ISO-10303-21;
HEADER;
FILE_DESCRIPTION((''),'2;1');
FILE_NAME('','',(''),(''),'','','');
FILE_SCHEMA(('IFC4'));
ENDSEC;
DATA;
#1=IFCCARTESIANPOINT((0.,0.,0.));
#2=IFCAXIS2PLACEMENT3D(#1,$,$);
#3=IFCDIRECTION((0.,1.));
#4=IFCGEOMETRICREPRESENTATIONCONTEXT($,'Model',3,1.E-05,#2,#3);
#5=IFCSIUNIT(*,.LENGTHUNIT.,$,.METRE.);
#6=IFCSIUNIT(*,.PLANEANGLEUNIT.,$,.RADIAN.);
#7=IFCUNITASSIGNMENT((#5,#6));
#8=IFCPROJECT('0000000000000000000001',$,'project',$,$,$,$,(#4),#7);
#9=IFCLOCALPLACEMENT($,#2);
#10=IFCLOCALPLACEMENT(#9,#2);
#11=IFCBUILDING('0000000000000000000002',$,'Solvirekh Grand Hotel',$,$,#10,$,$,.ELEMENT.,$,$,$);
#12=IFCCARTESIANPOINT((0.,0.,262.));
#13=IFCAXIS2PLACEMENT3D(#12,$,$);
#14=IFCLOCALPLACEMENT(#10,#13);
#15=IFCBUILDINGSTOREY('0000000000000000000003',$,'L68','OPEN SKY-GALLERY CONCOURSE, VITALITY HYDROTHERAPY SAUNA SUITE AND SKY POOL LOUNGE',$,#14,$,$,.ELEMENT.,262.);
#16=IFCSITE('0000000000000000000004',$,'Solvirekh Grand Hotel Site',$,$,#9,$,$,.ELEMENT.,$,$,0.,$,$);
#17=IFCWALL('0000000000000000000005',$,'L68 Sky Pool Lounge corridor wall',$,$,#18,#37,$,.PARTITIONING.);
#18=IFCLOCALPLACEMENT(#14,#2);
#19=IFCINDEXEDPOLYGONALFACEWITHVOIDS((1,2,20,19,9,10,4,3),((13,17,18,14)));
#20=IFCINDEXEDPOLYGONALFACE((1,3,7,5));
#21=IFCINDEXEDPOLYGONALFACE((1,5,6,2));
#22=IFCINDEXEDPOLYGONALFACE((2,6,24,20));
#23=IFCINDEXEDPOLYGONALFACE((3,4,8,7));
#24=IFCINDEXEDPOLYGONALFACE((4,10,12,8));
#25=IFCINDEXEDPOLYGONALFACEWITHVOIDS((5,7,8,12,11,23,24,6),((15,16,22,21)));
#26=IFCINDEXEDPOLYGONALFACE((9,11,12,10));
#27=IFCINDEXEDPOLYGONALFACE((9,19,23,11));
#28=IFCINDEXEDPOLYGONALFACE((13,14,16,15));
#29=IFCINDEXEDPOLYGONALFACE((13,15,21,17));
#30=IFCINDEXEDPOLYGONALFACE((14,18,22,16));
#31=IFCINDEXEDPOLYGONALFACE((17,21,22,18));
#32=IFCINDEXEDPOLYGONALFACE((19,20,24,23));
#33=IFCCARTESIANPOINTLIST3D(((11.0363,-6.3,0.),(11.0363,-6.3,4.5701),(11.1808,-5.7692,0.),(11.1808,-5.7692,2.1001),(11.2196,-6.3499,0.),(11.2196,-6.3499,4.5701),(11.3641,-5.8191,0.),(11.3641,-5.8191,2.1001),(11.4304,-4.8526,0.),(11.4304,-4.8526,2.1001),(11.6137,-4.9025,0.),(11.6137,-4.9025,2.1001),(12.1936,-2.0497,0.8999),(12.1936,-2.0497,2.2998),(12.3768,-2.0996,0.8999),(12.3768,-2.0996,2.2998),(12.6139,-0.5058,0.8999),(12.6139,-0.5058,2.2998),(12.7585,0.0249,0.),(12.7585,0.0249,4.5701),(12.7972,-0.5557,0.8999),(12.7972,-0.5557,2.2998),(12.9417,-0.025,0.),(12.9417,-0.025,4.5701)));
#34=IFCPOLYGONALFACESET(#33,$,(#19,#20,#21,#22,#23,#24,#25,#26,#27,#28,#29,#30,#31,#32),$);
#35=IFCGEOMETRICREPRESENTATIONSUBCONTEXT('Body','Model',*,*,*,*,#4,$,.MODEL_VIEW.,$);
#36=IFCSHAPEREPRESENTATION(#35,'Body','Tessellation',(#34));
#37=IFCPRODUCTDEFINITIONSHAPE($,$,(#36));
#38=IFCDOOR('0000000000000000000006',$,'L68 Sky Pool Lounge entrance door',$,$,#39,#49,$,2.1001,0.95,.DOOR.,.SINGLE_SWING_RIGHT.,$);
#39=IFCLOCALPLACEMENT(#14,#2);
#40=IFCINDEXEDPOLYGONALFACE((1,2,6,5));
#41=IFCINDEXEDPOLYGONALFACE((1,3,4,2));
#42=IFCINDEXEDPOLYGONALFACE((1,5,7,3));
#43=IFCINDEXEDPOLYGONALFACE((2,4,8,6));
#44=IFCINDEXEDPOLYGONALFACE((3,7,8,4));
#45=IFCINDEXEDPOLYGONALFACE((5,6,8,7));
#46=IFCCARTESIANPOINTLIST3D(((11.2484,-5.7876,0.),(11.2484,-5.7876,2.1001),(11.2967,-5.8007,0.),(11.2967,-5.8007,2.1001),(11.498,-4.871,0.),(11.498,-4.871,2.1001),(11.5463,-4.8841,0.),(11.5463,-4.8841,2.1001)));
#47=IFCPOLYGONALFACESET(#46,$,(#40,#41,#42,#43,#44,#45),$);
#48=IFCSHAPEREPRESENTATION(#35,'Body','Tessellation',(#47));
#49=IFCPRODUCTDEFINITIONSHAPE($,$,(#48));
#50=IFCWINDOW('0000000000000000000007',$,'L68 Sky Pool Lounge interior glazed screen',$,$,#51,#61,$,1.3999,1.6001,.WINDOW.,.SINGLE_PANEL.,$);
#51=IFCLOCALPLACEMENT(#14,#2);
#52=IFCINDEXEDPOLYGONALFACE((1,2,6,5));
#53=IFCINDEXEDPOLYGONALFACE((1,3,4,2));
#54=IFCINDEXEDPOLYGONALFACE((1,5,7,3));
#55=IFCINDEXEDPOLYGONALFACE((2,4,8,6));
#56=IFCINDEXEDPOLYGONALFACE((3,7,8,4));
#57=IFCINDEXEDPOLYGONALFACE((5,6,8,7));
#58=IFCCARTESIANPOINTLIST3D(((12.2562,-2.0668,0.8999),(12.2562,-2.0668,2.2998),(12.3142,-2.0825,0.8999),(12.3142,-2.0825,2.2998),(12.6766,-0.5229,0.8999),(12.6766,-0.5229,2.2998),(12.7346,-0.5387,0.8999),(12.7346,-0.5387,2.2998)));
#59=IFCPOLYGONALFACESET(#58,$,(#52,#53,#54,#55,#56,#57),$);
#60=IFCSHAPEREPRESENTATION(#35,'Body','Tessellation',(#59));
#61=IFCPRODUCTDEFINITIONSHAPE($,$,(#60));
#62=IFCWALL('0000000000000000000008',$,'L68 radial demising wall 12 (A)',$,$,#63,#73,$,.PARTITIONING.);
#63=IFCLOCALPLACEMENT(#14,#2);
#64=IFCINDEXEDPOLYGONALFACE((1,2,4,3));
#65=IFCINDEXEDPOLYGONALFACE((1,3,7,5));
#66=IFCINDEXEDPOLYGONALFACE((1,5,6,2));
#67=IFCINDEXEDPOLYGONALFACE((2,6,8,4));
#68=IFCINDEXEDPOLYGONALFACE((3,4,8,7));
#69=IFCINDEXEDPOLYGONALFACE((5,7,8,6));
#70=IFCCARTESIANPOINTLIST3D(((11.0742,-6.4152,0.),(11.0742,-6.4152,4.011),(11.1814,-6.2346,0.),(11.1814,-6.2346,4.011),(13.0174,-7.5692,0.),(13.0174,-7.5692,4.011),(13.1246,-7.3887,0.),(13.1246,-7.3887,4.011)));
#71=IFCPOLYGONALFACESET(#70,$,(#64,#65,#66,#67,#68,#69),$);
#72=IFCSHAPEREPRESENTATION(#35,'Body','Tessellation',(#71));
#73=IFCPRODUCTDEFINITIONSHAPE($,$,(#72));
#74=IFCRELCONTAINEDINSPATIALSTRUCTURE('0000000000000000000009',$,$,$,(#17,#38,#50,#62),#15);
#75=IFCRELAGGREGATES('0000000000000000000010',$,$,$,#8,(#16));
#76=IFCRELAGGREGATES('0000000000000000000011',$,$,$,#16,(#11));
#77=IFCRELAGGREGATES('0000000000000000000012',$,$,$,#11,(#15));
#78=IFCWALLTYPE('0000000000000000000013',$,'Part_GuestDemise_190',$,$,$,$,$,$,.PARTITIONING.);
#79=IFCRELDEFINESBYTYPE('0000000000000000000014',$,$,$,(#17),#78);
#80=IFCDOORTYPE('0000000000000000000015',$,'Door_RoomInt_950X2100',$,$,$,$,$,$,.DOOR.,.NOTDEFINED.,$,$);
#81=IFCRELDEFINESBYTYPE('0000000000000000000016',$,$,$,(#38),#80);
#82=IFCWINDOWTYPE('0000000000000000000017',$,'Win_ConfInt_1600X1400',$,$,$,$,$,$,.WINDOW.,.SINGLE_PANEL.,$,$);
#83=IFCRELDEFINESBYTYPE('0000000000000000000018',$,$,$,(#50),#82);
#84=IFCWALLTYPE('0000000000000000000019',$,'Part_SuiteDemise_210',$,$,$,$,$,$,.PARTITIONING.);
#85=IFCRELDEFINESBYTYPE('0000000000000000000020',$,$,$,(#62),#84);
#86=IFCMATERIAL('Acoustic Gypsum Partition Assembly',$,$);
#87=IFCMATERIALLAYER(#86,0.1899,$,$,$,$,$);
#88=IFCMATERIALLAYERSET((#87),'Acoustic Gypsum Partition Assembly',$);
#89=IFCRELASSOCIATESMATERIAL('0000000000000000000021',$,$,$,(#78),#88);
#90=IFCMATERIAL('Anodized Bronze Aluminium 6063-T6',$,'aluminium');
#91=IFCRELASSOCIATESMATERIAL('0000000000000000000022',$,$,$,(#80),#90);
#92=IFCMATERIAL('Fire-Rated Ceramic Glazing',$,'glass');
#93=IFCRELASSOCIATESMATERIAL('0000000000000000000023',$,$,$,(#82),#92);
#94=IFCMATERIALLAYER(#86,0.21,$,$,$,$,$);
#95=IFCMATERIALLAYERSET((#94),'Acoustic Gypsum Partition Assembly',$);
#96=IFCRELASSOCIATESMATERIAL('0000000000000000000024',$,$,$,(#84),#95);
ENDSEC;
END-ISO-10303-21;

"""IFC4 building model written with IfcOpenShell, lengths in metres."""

from ifc_helpers import new_model, si_unit, direction, frame, frame_2d, origin, place, context, subcontext, project, spatial, rectangle, extrude, material, layer, layer_set, type_object, element, fill, save


model = new_model("IFC4")

# Units and contexts
model_context = context("Model", 3, precision=1e-05, world=origin(), true_north=direction((0.0, 1.0)))
body_context = subcontext(model_context, "Body", "Model", "MODEL_VIEW")
ifc_project = project(units=[si_unit("LENGTHUNIT", "METRE"), si_unit("PLANEANGLEUNIT", "RADIAN")], contexts=[model_context])

# Site, building, storey
site_placement = place(None, origin())
site = spatial("IfcSite", under=ifc_project, at=site_placement, Name="Solvirekh Grand Hotel Site", CompositionType="ELEMENT", RefElevation=0.0)
building_placement = place(site_placement, origin())
building = spatial("IfcBuilding", under=site, at=building_placement, Name="Solvirekh Grand Hotel", CompositionType="ELEMENT")
storey_placement = place(building_placement, frame((0.0, 0.0, 262.0)))
storey = spatial("IfcBuildingStorey", under=building, at=storey_placement, Name="L68", Description="OPEN SKY-GALLERY CONCOURSE, VITALITY HYDROTHERAPY SAUNA SUITE AND SKY POOL LOUNGE", CompositionType="ELEMENT", Elevation=262.0)

# Shared definitions
ifc_material_1 = material(Name="Anodized Bronze Aluminium 6063-T6", Category="aluminium")

# Shared definitions
ifc_material_2 = material(Name="Acoustic Gypsum Partition Assembly")

# Wall, openings, door, window
ifc_layer_1 = layer(ifc_material_2, 0.1899)
ifc_layer_set_1 = layer_set([ifc_layer_1], Name="Acoustic Gypsum Partition Assembly")
wall_type_1 = type_object("IfcWallType", Name="Part_GuestDemise_190", PredefinedType="PARTITIONING", material=ifc_layer_set_1)
wall_1_placement = place(storey_placement, frame((11.1279, -6.325, 0.0), z_axis=(0.0, 0.0, 1.0), x_axis=(0.262717, 0.964873, 0.0)))
wall_1 = element("IfcWall", 1, at=wall_1_placement, inside=storey, type_object=wall_type_1, Name="L68 Sky Pool Lounge corridor wall", PredefinedType="PARTITIONING", context=body_context, shape_type="SweptSolid", body=[
    extrude(rectangle(XDim=6.5552, YDim=0.1899, at=frame_2d((3.2776, 0.0))), origin(), (0.0, 0.0, 1.0), 4.5701),
])
opening_1_placement = place(wall_1_placement, frame((0.55, 0.0, 0.0)))
opening_1 = element("IfcOpeningElement", 2, at=opening_1_placement, cuts=wall_1, PredefinedType="OPENING", context=body_context, shape_type="SweptSolid", body=[
    extrude(rectangle(XDim=0.95, YDim=2.1001, at=frame_2d((0.4751, 1.05))), frame((0.0, 0.105, 0.0), z_axis=(0.0, -1.0, 0.0), x_axis=(1.0, 0.0, 0.0)), (0.0, 0.0, 1.0), 0.21),
])
opening_2_placement = place(wall_1_placement, frame((4.405, 0.0, 0.8999)))
opening_2 = element("IfcOpeningElement", 3, at=opening_2_placement, cuts=wall_1, PredefinedType="OPENING", context=body_context, shape_type="SweptSolid", body=[
    extrude(rectangle(XDim=1.6001, YDim=1.3999, at=frame_2d((0.8, 0.7))), frame((0.0, 0.105, 0.0), z_axis=(0.0, -1.0, 0.0), x_axis=(1.0, 0.0, 0.0)), (0.0, 0.0, 1.0), 0.21),
])
door_type_1 = type_object("IfcDoorType", Name="Door_RoomInt_950X2100", OperationType="NOTDEFINED", PredefinedType="DOOR", material=ifc_material_1)
door_1_placement = place(opening_1_placement, origin())
door_1 = element("IfcDoor", 4, at=door_1_placement, inside=storey, type_object=door_type_1, Name="L68 Sky Pool Lounge entrance door", OperationType="SINGLE_SWING_RIGHT", OverallHeight=2.1001, OverallWidth=0.95, PredefinedType="DOOR", context=body_context, shape_type="SweptSolid", body=[
    extrude(rectangle(XDim=0.95, YDim=2.1001, at=frame_2d((0.4751, 1.05))), frame((0.0, 0.0249, 0.0), z_axis=(0.0, -1.0, 0.0), x_axis=(1.0, 0.0, 0.0)), (0.0, 0.0, 1.0), 0.05),
])
fill(opening_1, door_1)
ifc_material_3 = material(Name="Fire-Rated Ceramic Glazing", Category="glass")
window_type = type_object("IfcWindowType", Name="Win_ConfInt_1600X1400", PartitioningType="SINGLE_PANEL", PredefinedType="WINDOW", material=ifc_material_3)
window_placement = place(opening_2_placement, origin())
window = element("IfcWindow", 5, at=window_placement, inside=storey, type_object=window_type, Name="L68 Sky Pool Lounge interior glazed screen", OverallHeight=1.3999, OverallWidth=1.6001, PartitioningType="SINGLE_PANEL", PredefinedType="WINDOW", context=body_context, shape_type="SweptSolid", body=[
    extrude(rectangle(XDim=1.6001, YDim=1.3999, at=frame_2d((0.8, 0.7))), frame((0.0, 0.03, 0.0), z_axis=(0.0, -1.0, 0.0), x_axis=(1.0, 0.0, 0.0)), (0.0, 0.0, 1.0), 0.0601),
])
fill(opening_2, window)

# Wall
ifc_layer_2 = layer(ifc_material_2, 0.21)
ifc_layer_set_2 = layer_set([ifc_layer_2], Name="Acoustic Gypsum Partition Assembly")
wall_type_2 = type_object("IfcWallType", Name="Part_SuiteDemise_210", PredefinedType="PARTITIONING", material=ifc_layer_set_2)
wall_2_placement = place(storey_placement, frame((11.1279, -6.325, 0.0), z_axis=(0.0, 0.0, 1.0), x_axis=(0.859791, -0.510646, 0.0)))
element("IfcWall", 6, at=wall_2_placement, inside=storey, type_object=wall_type_2, Name="L68 radial demising wall 12 (A)", PredefinedType="PARTITIONING", context=body_context, shape_type="SweptSolid", body=[
    extrude(rectangle(XDim=2.26, YDim=0.21, at=frame_2d((1.1299, 0.0))), origin(), (0.0, 0.0, 1.0), 4.011),
])

save(model, "model.ifc")
